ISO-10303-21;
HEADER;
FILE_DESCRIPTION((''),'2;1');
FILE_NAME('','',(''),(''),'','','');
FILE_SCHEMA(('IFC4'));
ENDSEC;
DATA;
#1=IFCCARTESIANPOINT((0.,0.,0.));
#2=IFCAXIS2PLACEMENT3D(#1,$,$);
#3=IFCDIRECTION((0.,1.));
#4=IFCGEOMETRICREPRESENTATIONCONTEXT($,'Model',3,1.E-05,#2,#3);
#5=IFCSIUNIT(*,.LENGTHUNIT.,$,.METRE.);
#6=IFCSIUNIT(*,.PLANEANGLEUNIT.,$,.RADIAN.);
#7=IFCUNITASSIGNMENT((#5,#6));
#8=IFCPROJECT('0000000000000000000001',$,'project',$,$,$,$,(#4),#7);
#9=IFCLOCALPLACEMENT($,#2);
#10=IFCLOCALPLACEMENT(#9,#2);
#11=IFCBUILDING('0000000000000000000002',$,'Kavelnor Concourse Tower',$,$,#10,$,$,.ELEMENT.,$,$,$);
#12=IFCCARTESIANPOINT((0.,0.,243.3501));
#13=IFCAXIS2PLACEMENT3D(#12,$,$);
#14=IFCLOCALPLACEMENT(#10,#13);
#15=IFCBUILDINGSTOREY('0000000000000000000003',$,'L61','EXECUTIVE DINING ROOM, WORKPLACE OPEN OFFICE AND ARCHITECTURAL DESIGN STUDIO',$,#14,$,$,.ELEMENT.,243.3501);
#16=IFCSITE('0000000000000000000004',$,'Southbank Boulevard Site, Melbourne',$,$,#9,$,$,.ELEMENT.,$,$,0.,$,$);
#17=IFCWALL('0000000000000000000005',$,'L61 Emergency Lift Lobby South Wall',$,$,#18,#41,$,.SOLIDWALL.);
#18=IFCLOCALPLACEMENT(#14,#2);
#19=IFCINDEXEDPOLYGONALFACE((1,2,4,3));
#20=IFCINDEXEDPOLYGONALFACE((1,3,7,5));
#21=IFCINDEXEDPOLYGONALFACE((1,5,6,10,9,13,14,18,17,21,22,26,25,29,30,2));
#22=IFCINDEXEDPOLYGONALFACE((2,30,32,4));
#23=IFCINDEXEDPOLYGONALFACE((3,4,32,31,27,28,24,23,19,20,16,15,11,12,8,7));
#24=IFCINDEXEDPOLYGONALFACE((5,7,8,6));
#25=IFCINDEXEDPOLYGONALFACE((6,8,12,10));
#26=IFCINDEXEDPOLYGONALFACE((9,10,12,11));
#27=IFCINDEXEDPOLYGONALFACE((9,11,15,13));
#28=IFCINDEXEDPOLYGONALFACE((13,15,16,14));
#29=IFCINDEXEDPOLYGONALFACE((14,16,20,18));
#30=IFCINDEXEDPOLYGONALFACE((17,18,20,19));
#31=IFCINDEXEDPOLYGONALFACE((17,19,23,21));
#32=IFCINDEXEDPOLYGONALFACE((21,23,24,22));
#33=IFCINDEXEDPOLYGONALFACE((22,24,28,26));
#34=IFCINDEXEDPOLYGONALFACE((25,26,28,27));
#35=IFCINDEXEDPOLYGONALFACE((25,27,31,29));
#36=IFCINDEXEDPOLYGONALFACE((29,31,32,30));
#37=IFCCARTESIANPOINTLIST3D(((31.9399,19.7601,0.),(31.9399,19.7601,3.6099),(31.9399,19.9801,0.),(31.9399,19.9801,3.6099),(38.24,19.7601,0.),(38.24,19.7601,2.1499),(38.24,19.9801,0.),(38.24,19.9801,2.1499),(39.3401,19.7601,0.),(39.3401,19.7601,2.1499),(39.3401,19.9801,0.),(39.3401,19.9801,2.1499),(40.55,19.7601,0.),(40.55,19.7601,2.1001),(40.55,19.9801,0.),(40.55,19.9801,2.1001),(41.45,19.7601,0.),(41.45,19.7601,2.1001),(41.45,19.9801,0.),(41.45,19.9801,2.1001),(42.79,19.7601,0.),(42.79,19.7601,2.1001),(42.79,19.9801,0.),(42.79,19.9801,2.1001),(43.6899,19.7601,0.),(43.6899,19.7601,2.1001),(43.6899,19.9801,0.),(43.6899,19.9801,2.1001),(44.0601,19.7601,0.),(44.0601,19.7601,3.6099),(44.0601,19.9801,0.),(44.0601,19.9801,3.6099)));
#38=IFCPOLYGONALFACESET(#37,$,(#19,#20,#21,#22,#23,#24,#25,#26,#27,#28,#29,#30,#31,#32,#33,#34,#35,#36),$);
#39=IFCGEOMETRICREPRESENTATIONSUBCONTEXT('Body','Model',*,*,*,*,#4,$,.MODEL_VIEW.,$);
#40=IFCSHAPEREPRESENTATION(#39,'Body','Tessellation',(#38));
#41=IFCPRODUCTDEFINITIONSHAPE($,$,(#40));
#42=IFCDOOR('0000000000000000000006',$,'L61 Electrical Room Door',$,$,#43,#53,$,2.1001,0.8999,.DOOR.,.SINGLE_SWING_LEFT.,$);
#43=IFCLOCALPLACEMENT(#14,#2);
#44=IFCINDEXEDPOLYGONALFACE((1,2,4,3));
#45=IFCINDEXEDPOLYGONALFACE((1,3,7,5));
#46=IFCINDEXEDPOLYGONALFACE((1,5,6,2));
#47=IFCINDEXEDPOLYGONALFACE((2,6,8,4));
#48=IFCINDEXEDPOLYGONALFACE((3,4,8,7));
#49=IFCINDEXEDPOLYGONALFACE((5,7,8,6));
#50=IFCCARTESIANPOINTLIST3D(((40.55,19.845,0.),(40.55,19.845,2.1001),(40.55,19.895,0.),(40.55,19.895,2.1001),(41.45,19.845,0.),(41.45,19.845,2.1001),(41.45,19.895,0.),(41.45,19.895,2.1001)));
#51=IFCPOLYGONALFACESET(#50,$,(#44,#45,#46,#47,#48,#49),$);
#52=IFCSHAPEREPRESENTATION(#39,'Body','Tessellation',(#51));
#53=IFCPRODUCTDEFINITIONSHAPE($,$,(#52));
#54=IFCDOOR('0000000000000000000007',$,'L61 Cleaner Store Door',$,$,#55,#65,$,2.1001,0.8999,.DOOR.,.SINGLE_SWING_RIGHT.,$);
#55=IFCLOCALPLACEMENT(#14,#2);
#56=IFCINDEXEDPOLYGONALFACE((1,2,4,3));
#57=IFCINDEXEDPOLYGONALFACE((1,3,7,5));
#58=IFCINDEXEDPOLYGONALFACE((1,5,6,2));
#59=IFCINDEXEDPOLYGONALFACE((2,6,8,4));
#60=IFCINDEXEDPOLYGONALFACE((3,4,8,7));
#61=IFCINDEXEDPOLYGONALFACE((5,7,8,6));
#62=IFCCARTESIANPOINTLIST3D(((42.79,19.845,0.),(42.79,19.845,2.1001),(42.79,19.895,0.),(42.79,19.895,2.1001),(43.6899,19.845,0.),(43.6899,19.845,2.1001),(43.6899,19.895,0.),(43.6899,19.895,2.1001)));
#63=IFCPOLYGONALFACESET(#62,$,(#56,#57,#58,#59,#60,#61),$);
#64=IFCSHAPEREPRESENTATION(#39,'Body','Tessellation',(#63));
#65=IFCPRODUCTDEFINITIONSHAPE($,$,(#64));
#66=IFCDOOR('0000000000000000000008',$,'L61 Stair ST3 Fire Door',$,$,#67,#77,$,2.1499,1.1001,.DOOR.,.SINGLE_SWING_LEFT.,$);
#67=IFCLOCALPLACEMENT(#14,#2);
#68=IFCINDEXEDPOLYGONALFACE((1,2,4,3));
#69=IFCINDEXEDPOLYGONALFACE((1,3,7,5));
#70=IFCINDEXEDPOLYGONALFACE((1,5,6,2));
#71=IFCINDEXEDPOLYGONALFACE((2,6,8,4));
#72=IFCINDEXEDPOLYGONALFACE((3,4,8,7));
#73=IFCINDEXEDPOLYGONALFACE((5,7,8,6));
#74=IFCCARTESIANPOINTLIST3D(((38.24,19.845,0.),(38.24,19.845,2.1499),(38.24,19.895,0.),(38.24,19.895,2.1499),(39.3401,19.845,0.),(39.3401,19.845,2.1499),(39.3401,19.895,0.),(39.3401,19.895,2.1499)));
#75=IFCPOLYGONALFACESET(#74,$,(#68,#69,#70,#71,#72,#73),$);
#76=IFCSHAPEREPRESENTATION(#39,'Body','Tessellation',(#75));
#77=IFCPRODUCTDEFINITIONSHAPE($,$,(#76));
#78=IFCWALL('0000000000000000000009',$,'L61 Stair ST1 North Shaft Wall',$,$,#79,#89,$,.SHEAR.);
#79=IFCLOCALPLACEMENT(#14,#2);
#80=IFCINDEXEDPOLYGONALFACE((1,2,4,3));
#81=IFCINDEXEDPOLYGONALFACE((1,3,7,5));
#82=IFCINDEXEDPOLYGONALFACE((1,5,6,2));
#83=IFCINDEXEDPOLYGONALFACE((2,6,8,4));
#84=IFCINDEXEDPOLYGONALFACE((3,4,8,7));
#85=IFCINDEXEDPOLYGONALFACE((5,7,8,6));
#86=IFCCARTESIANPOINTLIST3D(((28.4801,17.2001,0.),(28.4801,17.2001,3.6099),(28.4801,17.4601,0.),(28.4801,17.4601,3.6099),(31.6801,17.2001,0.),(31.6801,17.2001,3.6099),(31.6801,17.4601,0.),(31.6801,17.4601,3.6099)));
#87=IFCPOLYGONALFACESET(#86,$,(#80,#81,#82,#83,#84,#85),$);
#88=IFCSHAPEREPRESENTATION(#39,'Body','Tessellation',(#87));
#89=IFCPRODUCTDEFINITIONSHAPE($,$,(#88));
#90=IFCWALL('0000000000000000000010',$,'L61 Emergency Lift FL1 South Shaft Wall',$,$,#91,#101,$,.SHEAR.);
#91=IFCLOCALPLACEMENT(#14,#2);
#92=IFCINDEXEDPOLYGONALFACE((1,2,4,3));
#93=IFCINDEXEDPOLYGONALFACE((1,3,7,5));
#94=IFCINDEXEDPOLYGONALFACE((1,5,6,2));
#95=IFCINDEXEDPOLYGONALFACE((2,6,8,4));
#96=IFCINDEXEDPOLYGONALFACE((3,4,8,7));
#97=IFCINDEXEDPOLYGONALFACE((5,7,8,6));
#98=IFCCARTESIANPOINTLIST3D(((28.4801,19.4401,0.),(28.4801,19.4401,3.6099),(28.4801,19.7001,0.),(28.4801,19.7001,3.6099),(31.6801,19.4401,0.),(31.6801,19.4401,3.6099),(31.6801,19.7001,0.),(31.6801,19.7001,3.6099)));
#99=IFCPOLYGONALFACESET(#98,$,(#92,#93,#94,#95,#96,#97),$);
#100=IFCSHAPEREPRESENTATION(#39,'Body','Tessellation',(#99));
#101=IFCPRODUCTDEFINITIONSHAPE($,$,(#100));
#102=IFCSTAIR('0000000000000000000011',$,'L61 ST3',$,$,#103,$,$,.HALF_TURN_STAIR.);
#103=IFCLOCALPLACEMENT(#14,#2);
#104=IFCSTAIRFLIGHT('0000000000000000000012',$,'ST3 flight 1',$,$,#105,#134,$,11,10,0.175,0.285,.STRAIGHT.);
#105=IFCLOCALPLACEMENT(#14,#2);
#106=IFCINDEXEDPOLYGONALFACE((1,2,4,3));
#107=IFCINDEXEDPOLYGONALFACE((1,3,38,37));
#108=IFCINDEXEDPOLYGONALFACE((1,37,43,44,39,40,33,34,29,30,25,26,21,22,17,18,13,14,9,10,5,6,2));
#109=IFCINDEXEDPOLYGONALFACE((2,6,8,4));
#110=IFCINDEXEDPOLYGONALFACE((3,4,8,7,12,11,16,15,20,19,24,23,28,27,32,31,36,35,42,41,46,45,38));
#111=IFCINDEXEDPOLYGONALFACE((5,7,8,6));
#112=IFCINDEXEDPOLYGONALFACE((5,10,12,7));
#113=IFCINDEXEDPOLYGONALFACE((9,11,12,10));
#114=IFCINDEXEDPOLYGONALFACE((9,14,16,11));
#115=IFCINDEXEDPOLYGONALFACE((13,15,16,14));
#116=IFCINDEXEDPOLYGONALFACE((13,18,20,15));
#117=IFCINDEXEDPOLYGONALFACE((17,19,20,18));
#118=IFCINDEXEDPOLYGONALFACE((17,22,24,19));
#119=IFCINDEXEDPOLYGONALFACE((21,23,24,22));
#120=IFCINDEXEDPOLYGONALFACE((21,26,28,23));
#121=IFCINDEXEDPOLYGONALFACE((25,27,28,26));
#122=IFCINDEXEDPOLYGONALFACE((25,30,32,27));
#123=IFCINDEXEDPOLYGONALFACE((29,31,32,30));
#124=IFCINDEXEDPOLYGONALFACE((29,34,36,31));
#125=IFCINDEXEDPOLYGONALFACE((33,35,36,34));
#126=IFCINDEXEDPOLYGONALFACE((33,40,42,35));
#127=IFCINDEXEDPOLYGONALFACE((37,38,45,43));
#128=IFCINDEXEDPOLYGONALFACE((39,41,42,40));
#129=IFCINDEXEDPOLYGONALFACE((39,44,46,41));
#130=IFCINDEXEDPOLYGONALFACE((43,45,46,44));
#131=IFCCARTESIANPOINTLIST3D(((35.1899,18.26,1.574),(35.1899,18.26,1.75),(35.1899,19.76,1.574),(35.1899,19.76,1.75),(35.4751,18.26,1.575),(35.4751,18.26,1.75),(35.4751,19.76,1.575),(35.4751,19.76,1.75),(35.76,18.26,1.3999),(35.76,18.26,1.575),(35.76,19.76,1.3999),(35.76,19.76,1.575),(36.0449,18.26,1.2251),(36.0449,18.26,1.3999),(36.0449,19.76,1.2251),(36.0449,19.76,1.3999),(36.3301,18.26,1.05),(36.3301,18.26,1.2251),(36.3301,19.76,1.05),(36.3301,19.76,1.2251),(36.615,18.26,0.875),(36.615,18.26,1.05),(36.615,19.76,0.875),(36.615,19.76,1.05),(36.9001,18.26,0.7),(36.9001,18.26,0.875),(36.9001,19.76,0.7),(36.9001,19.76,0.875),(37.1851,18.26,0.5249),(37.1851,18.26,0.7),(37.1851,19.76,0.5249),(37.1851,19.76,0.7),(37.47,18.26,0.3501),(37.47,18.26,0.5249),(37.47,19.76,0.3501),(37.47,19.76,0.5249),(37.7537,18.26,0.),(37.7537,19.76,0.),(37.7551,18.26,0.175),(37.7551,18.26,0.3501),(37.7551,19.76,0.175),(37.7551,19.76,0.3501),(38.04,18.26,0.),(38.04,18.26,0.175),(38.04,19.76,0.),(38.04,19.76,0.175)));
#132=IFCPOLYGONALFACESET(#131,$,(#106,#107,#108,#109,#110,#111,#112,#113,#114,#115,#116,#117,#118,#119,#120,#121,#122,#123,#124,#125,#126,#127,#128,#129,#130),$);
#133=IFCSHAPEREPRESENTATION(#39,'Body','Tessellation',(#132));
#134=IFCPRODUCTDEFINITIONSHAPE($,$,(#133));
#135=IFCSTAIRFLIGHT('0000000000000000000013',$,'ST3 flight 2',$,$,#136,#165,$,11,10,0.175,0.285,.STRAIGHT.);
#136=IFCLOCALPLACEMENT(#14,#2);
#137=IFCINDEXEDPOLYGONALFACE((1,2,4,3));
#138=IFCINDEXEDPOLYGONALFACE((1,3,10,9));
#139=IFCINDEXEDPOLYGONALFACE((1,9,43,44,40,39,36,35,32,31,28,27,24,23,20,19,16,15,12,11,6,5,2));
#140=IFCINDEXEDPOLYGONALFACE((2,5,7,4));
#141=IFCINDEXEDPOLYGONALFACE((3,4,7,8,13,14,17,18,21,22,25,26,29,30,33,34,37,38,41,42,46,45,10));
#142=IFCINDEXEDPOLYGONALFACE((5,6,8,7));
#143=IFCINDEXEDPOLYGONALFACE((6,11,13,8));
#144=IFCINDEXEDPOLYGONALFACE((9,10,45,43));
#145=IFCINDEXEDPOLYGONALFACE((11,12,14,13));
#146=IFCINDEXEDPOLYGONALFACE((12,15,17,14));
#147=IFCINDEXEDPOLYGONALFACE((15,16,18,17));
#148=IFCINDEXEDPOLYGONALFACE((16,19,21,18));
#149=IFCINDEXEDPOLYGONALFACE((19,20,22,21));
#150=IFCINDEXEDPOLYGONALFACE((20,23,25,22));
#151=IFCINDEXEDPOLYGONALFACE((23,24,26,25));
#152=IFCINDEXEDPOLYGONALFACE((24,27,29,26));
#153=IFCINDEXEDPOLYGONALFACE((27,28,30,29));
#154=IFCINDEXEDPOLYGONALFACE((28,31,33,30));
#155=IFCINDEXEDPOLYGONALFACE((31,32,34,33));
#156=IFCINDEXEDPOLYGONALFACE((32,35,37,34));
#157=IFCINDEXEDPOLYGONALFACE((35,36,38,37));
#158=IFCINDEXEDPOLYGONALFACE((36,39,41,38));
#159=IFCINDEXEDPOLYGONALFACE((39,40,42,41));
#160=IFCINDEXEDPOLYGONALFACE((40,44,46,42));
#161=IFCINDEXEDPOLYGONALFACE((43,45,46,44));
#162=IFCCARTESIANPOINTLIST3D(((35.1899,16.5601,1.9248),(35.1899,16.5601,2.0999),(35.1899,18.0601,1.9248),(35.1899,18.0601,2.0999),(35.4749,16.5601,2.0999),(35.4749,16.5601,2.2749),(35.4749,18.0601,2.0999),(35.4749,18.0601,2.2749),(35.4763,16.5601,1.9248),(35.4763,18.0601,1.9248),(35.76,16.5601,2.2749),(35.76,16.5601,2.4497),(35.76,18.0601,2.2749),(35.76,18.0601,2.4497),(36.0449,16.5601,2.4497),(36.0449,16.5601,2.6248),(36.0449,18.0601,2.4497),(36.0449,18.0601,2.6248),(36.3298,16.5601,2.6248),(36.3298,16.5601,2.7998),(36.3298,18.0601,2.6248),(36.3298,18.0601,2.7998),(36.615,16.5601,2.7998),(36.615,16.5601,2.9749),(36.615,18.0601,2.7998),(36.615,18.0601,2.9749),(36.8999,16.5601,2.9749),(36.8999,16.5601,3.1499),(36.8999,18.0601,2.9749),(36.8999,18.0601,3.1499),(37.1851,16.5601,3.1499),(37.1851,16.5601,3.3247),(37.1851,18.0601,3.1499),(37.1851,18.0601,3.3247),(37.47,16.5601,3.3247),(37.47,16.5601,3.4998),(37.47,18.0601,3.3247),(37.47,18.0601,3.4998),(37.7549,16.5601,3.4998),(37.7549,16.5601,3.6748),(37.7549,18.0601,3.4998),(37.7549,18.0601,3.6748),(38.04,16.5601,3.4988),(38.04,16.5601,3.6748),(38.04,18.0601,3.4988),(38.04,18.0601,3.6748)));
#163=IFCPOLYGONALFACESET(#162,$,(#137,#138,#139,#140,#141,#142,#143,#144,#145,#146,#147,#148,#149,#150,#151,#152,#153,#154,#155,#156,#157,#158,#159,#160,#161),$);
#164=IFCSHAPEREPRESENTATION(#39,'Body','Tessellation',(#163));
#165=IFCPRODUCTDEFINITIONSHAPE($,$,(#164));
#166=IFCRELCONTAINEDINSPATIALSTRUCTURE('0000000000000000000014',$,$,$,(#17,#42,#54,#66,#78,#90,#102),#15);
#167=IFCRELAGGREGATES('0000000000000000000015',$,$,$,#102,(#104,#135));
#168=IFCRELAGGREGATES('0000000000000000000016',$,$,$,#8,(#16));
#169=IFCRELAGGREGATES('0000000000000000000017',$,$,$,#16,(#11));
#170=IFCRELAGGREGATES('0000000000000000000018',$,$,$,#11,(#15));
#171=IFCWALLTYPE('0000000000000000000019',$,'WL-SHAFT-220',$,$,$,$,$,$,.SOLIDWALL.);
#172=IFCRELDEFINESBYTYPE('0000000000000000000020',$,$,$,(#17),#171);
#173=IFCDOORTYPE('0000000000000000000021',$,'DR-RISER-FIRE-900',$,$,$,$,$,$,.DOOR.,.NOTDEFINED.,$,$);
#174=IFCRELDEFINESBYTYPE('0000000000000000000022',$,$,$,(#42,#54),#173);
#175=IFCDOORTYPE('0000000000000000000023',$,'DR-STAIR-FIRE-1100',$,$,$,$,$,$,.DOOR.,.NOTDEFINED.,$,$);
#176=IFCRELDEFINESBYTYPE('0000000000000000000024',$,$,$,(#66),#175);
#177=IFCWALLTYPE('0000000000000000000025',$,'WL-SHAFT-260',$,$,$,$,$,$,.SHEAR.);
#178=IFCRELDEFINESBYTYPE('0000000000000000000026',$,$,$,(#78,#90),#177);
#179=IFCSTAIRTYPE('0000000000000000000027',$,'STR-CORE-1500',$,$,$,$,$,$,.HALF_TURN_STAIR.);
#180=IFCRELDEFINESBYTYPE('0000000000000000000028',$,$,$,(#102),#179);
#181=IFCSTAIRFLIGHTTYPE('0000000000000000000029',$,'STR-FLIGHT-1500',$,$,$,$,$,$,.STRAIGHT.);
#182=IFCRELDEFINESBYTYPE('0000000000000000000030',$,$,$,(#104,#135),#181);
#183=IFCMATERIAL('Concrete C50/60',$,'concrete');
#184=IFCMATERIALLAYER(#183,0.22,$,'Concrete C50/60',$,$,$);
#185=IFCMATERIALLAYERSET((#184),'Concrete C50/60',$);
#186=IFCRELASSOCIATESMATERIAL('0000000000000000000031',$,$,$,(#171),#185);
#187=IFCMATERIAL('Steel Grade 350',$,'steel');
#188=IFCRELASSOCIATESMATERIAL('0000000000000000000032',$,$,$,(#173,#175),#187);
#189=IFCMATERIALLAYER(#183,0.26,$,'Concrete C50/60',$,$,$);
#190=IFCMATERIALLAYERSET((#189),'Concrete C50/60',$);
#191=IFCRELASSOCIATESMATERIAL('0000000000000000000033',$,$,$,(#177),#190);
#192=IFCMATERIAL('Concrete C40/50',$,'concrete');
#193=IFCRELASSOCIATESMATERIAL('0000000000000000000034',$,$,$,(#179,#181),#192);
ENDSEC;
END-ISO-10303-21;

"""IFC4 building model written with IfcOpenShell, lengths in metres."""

from ifc_helpers import new_model, si_unit, direction, frame, frame_2d, origin, place, context, subcontext, project, spatial, polyline, rectangle, outline, extrude, material, layer, layer_set, type_object, element, fill, aggregate, save


model = new_model("IFC4")

# Units and contexts
model_context = context("Model", 3, precision=1e-05, world=origin(), true_north=direction((0.0, 1.0)))
body_context = subcontext(model_context, "Body", "Model", "MODEL_VIEW")
ifc_project = project(units=[si_unit("LENGTHUNIT", "METRE"), si_unit("PLANEANGLEUNIT", "RADIAN")], contexts=[model_context])

# Site, building, storey
site_placement = place(None, origin())
site = spatial("IfcSite", under=ifc_project, at=site_placement, Name="Southbank Boulevard Site, Melbourne", CompositionType="ELEMENT", RefElevation=0.0)
building_placement = place(site_placement, origin())
building = spatial("IfcBuilding", under=site, at=building_placement, Name="Kavelnor Concourse Tower", CompositionType="ELEMENT")
storey_placement = place(building_placement, frame((0.0, 0.0, 243.3501)))
storey = spatial("IfcBuildingStorey", under=building, at=storey_placement, Name="L61", Description="EXECUTIVE DINING ROOM, WORKPLACE OPEN OFFICE AND ARCHITECTURAL DESIGN STUDIO", CompositionType="ELEMENT", Elevation=243.3501)

# Shared definitions
ifc_material_1 = material(Name="Steel Grade 350", Category="steel")

# Shared definitions
ifc_material_2 = material(Name="Concrete C50/60", Category="concrete")

# Wall, openings, doors
ifc_layer_1 = layer(ifc_material_2, 0.22, Name="Concrete C50/60")
ifc_layer_set_1 = layer_set([ifc_layer_1], Name="Concrete C50/60")
wall_type_1 = type_object("IfcWallType", Name="WL-SHAFT-220", PredefinedType="SOLIDWALL", material=ifc_layer_set_1)
wall_1_placement = place(storey_placement, frame((31.9399, 19.8701, 0.0), z_axis=(0.0, 0.0, 1.0), x_axis=(1.0, 0.0, 0.0)))
wall_1 = element("IfcWall", 1, at=wall_1_placement, inside=storey, type_object=wall_type_1, Name="L61 Emergency Lift Lobby South Wall", PredefinedType="SOLIDWALL", context=body_context, shape_type="SweptSolid", body=[
    extrude(rectangle(XDim=12.1201, YDim=0.22, at=frame_2d((6.0601, 0.0))), origin(), (0.0, 0.0, 1.0), 3.6099),
])
opening_1_placement = place(wall_1_placement, frame((6.3, 0.0, 0.0)))
opening_1 = element("IfcOpeningElement", 2, at=opening_1_placement, cuts=wall_1, PredefinedType="OPENING", context=body_context, shape_type="SweptSolid", body=[
    extrude(rectangle(XDim=1.1001, YDim=2.1499, at=frame_2d((0.55, 1.075))), frame((0.0, 0.1201, 0.0), z_axis=(0.0, -1.0, 0.0), x_axis=(1.0, 0.0, 0.0)), (0.0, 0.0, 1.0), 0.24),
])
opening_2_placement = place(wall_1_placement, frame((8.6101, 0.0, 0.0)))
opening_2 = element("IfcOpeningElement", 3, at=opening_2_placement, cuts=wall_1, PredefinedType="OPENING", context=body_context, shape_type="SweptSolid", body=[
    extrude(rectangle(XDim=0.8999, YDim=2.1001, at=frame_2d((0.45, 1.05))), frame((0.0, 0.1201, 0.0), z_axis=(0.0, -1.0, 0.0), x_axis=(1.0, 0.0, 0.0)), (0.0, 0.0, 1.0), 0.24),
])
opening_3_placement = place(wall_1_placement, frame((10.8501, 0.0, 0.0)))
opening_3 = element("IfcOpeningElement", 4, at=opening_3_placement, cuts=wall_1, PredefinedType="OPENING", context=body_context, shape_type="SweptSolid", body=[
    extrude(rectangle(XDim=0.8999, YDim=2.1001, at=frame_2d((0.45, 1.05))), frame((0.0, 0.1201, 0.0), z_axis=(0.0, -1.0, 0.0), x_axis=(1.0, 0.0, 0.0)), (0.0, 0.0, 1.0), 0.24),
])
door_type_1 = type_object("IfcDoorType", Name="DR-RISER-FIRE-900", OperationType="NOTDEFINED", PredefinedType="DOOR", material=ifc_material_1)
door_1_placement = place(opening_2_placement, origin())
door_1 = element("IfcDoor", 5, at=door_1_placement, inside=storey, type_object=door_type_1, Name="L61 Electrical Room Door", OperationType="SINGLE_SWING_LEFT", OverallHeight=2.1001, OverallWidth=0.8999, PredefinedType="DOOR", context=body_context, shape_type="SweptSolid", body=[
    extrude(rectangle(XDim=0.8999, YDim=2.1001, at=frame_2d((0.45, 1.05))), frame((0.0, 0.0249, 0.0), z_axis=(0.0, -1.0, 0.0), x_axis=(1.0, 0.0, 0.0)), (0.0, 0.0, 1.0), 0.05),
])
fill(opening_2, door_1)
door_2_placement = place(opening_3_placement, origin())
door_2 = element("IfcDoor", 6, at=door_2_placement, inside=storey, type_object=door_type_1, Name="L61 Cleaner Store Door", OperationType="SINGLE_SWING_RIGHT", OverallHeight=2.1001, OverallWidth=0.8999, PredefinedType="DOOR", context=body_context, shape_type="SweptSolid", body=[
    extrude(rectangle(XDim=0.8999, YDim=2.1001, at=frame_2d((0.45, 1.05))), frame((0.0, 0.0249, 0.0), z_axis=(0.0, -1.0, 0.0), x_axis=(1.0, 0.0, 0.0)), (0.0, 0.0, 1.0), 0.05),
])
fill(opening_3, door_2)
door_type_2 = type_object("IfcDoorType", Name="DR-STAIR-FIRE-1100", OperationType="NOTDEFINED", PredefinedType="DOOR", material=ifc_material_1)
door_3_placement = place(opening_1_placement, origin())
door_3 = element("IfcDoor", 7, at=door_3_placement, inside=storey, type_object=door_type_2, Name="L61 Stair ST3 Fire Door", OperationType="SINGLE_SWING_LEFT", OverallHeight=2.1499, OverallWidth=1.1001, PredefinedType="DOOR", context=body_context, shape_type="SweptSolid", body=[
    extrude(rectangle(XDim=1.1001, YDim=2.1499, at=frame_2d((0.55, 1.075))), frame((0.0, 0.0249, 0.0), z_axis=(0.0, -1.0, 0.0), x_axis=(1.0, 0.0, 0.0)), (0.0, 0.0, 1.0), 0.05),
])
fill(opening_1, door_3)

# Walls
ifc_layer_2 = layer(ifc_material_2, 0.26, Name="Concrete C50/60")
ifc_layer_set_2 = layer_set([ifc_layer_2], Name="Concrete C50/60")
wall_type_2 = type_object("IfcWallType", Name="WL-SHAFT-260", PredefinedType="SHEAR", material=ifc_layer_set_2)
for number, where, z_axis, x_axis, name in (
    (8, (28.48, 17.3301, 0.0), (0.0, 0.0, 1.0), (1.0, 0.0, 0.0), "L61 Stair ST1 North Shaft Wall"),
    (9, (28.48, 19.5701, 0.0), (0.0, 0.0, 1.0), (1.0, 0.0, 0.0), "L61 Emergency Lift FL1 South Shaft Wall"),
):
    element("IfcWall", number, at=place(storey_placement, frame(where, z_axis=z_axis, x_axis=x_axis)), inside=storey, type_object=wall_type_2, Name=name, PredefinedType="SHEAR", context=body_context, shape_type="SweptSolid", body=[
        extrude(rectangle(XDim=3.2, YDim=0.26, at=frame_2d((1.6001, 0.0))), origin(), (0.0, 0.0, 1.0), 3.6099),
    ])

# Stair, stair flights
ifc_material_3 = material(Name="Concrete C40/50", Category="concrete")
stair_type = type_object("IfcStairType", Name="STR-CORE-1500", PredefinedType="HALF_TURN_STAIR", material=ifc_material_3)
stair_placement = place(storey_placement, origin())
stair = element("IfcStair", 10, at=stair_placement, inside=storey, type_object=stair_type, Name="L61 ST3", PredefinedType="HALF_TURN_STAIR")
stair_flight_type = type_object("IfcStairFlightType", Name="STR-FLIGHT-1500", PredefinedType="STRAIGHT", material=ifc_material_3)
stair_flight_1_placement = place(storey_placement, frame((38.04, 19.01, 0.0), z_axis=(0.0, 0.0, 1.0), x_axis=(-1.0, 0.0, 0.0)))
stair_flight_1 = element("IfcStairFlight", 11, at=stair_flight_1_placement, type_object=stair_flight_type, Name="ST3 flight 1", NumberOfRisers=11, NumberOfTreads=10, PredefinedType="STRAIGHT", RiserHeight=0.175, TreadLength=0.285, context=body_context, shape_type="SweptSolid", body=[
    extrude(outline(polyline([(0.0, 0.0), (0.0, 0.175), (0.2849, 0.175), (0.2849, 0.3501), (0.5701, 0.3501), (0.5701, 0.5249), (0.855, 0.5249), (0.855, 0.7), (1.1399, 0.7), (1.1399, 0.875), (1.425, 0.875), (1.425, 1.05), (1.71, 1.05), (1.71, 1.2251), (1.9951, 1.2251), (1.9951, 1.3999), (2.28, 1.3999), (2.28, 1.575), (2.5649, 1.575), (2.5649, 1.75), (2.8501, 1.75), (2.8501, 1.925), (2.8501, 1.574), (0.2864, 0.0), (0.0, 0.0)])), frame((0.0, 0.75, 0.0), z_axis=(0.0, -1.0, 0.0), x_axis=(1.0, 0.0, 0.0)), (0.0, 0.0, 1.0), 1.5),
])
stair_flight_2_placement = place(storey_placement, frame((35.1899, 17.3101, 1.9248), z_axis=(0.0, 0.0, 1.0), x_axis=(1.0, 0.0, 0.0)))
stair_flight_2 = element("IfcStairFlight", 12, at=stair_flight_2_placement, type_object=stair_flight_type, Name="ST3 flight 2", NumberOfRisers=11, NumberOfTreads=10, PredefinedType="STRAIGHT", RiserHeight=0.175, TreadLength=0.285, context=body_context, shape_type="SweptSolid", body=[
    extrude(outline(polyline([(0.0, 0.0), (0.0, 0.175), (0.2849, 0.175), (0.2849, 0.3501), (0.5701, 0.3501), (0.5701, 0.5249), (0.855, 0.5249), (0.855, 0.7), (1.1399, 0.7), (1.1399, 0.875), (1.425, 0.875), (1.425, 1.05), (1.71, 1.05), (1.71, 1.2251), (1.9951, 1.2251), (1.9951, 1.3999), (2.28, 1.3999), (2.28, 1.575), (2.5649, 1.575), (2.5649, 1.75), (2.8501, 1.75), (2.8501, 1.925), (2.8501, 1.574), (0.2864, 0.0), (0.0, 0.0)])), frame((0.0, 0.75, 0.0), z_axis=(0.0, -1.0, 0.0), x_axis=(1.0, 0.0, 0.0)), (0.0, 0.0, 1.0), 1.5),
])
aggregate(stair, [stair_flight_1, stair_flight_2])

save(model, "model.ifc")
